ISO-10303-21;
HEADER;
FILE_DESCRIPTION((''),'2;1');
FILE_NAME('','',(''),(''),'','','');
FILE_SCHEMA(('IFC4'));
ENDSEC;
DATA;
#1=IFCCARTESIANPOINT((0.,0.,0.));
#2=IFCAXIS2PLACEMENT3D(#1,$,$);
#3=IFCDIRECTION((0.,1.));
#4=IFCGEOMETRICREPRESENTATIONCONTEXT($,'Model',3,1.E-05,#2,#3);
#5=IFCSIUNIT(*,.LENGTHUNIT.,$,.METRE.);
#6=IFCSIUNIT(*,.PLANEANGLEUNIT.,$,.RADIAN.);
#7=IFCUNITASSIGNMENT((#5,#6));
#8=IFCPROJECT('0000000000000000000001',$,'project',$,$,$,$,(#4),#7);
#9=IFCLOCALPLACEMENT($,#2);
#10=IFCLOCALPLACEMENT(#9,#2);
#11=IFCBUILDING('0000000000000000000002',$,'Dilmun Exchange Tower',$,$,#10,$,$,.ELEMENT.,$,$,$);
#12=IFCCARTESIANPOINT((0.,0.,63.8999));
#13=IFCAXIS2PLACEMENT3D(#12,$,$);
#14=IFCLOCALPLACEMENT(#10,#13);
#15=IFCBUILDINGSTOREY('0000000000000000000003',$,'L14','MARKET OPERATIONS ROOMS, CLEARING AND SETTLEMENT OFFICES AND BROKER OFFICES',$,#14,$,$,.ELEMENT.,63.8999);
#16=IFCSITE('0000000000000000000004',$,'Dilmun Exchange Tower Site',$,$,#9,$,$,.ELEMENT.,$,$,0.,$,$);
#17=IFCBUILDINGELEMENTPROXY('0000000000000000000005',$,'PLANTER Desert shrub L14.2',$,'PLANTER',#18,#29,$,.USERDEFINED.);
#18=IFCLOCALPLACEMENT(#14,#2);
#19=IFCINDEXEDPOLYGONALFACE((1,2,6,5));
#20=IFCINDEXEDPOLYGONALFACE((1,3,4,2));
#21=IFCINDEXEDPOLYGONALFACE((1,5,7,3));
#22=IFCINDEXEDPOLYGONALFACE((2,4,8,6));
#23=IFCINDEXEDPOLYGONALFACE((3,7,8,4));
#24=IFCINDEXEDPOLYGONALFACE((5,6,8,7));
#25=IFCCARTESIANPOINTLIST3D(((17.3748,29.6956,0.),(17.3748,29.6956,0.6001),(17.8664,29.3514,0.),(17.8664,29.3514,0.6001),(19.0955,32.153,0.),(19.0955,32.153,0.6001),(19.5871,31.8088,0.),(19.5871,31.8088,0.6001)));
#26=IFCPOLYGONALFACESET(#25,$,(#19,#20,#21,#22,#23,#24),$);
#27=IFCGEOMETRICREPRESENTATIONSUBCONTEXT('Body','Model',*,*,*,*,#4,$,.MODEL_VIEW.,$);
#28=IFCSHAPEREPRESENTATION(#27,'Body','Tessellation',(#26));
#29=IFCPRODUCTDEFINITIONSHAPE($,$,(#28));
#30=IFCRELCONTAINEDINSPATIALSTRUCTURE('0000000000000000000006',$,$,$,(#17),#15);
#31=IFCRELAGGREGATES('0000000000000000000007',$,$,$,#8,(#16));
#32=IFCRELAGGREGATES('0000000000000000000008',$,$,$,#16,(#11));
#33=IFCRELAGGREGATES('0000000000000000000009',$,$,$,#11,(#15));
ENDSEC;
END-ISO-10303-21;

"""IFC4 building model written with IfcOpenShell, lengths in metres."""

from ifc_helpers import new_model, si_unit, direction, frame, origin, origin_2d, place, context, subcontext, project, spatial, rectangle, extrude, element, save


model = new_model("IFC4")

# Units and contexts
model_context = context("Model", 3, precision=1e-05, world=origin(), true_north=direction((0.0, 1.0)))
body_context = subcontext(model_context, "Body", "Model", "MODEL_VIEW")
ifc_project = project(units=[si_unit("LENGTHUNIT", "METRE"), si_unit("PLANEANGLEUNIT", "RADIAN")], contexts=[model_context])

# Site, building, storey
site_placement = place(None, origin())
site = spatial("IfcSite", under=ifc_project, at=site_placement, Name="Dilmun Exchange Tower Site", CompositionType="ELEMENT", RefElevation=0.0)
building_placement = place(site_placement, origin())
building = spatial("IfcBuilding", under=site, at=building_placement, Name="Dilmun Exchange Tower", CompositionType="ELEMENT")
storey_placement = place(building_placement, frame((0.0, 0.0, 63.8999)))
storey = spatial("IfcBuildingStorey", under=building, at=storey_placement, Name="L14", Description="MARKET OPERATIONS ROOMS, CLEARING AND SETTLEMENT OFFICES AND BROKER OFFICES", CompositionType="ELEMENT", Elevation=63.8999)

# Building element proxy
for number, where, z_axis, x_axis, name in (
    (1, (18.481, 30.7522, 0.0), (0.0, 0.0, 1.0), (0.573576, 0.819152, 0.0), "PLANTER Desert shrub L14.2"),
):
    element("IfcBuildingElementProxy", number, at=place(storey_placement, frame(where, z_axis=z_axis, x_axis=x_axis)), inside=storey, Name=name, ObjectType="PLANTER", PredefinedType="USERDEFINED", context=body_context, shape_type="SweptSolid", body=[
        extrude(rectangle(XDim=3.0, YDim=0.6001, at=origin_2d()), origin(), (0.0, 0.0, 1.0), 0.6001),
    ])

save(model, "model.ifc")
